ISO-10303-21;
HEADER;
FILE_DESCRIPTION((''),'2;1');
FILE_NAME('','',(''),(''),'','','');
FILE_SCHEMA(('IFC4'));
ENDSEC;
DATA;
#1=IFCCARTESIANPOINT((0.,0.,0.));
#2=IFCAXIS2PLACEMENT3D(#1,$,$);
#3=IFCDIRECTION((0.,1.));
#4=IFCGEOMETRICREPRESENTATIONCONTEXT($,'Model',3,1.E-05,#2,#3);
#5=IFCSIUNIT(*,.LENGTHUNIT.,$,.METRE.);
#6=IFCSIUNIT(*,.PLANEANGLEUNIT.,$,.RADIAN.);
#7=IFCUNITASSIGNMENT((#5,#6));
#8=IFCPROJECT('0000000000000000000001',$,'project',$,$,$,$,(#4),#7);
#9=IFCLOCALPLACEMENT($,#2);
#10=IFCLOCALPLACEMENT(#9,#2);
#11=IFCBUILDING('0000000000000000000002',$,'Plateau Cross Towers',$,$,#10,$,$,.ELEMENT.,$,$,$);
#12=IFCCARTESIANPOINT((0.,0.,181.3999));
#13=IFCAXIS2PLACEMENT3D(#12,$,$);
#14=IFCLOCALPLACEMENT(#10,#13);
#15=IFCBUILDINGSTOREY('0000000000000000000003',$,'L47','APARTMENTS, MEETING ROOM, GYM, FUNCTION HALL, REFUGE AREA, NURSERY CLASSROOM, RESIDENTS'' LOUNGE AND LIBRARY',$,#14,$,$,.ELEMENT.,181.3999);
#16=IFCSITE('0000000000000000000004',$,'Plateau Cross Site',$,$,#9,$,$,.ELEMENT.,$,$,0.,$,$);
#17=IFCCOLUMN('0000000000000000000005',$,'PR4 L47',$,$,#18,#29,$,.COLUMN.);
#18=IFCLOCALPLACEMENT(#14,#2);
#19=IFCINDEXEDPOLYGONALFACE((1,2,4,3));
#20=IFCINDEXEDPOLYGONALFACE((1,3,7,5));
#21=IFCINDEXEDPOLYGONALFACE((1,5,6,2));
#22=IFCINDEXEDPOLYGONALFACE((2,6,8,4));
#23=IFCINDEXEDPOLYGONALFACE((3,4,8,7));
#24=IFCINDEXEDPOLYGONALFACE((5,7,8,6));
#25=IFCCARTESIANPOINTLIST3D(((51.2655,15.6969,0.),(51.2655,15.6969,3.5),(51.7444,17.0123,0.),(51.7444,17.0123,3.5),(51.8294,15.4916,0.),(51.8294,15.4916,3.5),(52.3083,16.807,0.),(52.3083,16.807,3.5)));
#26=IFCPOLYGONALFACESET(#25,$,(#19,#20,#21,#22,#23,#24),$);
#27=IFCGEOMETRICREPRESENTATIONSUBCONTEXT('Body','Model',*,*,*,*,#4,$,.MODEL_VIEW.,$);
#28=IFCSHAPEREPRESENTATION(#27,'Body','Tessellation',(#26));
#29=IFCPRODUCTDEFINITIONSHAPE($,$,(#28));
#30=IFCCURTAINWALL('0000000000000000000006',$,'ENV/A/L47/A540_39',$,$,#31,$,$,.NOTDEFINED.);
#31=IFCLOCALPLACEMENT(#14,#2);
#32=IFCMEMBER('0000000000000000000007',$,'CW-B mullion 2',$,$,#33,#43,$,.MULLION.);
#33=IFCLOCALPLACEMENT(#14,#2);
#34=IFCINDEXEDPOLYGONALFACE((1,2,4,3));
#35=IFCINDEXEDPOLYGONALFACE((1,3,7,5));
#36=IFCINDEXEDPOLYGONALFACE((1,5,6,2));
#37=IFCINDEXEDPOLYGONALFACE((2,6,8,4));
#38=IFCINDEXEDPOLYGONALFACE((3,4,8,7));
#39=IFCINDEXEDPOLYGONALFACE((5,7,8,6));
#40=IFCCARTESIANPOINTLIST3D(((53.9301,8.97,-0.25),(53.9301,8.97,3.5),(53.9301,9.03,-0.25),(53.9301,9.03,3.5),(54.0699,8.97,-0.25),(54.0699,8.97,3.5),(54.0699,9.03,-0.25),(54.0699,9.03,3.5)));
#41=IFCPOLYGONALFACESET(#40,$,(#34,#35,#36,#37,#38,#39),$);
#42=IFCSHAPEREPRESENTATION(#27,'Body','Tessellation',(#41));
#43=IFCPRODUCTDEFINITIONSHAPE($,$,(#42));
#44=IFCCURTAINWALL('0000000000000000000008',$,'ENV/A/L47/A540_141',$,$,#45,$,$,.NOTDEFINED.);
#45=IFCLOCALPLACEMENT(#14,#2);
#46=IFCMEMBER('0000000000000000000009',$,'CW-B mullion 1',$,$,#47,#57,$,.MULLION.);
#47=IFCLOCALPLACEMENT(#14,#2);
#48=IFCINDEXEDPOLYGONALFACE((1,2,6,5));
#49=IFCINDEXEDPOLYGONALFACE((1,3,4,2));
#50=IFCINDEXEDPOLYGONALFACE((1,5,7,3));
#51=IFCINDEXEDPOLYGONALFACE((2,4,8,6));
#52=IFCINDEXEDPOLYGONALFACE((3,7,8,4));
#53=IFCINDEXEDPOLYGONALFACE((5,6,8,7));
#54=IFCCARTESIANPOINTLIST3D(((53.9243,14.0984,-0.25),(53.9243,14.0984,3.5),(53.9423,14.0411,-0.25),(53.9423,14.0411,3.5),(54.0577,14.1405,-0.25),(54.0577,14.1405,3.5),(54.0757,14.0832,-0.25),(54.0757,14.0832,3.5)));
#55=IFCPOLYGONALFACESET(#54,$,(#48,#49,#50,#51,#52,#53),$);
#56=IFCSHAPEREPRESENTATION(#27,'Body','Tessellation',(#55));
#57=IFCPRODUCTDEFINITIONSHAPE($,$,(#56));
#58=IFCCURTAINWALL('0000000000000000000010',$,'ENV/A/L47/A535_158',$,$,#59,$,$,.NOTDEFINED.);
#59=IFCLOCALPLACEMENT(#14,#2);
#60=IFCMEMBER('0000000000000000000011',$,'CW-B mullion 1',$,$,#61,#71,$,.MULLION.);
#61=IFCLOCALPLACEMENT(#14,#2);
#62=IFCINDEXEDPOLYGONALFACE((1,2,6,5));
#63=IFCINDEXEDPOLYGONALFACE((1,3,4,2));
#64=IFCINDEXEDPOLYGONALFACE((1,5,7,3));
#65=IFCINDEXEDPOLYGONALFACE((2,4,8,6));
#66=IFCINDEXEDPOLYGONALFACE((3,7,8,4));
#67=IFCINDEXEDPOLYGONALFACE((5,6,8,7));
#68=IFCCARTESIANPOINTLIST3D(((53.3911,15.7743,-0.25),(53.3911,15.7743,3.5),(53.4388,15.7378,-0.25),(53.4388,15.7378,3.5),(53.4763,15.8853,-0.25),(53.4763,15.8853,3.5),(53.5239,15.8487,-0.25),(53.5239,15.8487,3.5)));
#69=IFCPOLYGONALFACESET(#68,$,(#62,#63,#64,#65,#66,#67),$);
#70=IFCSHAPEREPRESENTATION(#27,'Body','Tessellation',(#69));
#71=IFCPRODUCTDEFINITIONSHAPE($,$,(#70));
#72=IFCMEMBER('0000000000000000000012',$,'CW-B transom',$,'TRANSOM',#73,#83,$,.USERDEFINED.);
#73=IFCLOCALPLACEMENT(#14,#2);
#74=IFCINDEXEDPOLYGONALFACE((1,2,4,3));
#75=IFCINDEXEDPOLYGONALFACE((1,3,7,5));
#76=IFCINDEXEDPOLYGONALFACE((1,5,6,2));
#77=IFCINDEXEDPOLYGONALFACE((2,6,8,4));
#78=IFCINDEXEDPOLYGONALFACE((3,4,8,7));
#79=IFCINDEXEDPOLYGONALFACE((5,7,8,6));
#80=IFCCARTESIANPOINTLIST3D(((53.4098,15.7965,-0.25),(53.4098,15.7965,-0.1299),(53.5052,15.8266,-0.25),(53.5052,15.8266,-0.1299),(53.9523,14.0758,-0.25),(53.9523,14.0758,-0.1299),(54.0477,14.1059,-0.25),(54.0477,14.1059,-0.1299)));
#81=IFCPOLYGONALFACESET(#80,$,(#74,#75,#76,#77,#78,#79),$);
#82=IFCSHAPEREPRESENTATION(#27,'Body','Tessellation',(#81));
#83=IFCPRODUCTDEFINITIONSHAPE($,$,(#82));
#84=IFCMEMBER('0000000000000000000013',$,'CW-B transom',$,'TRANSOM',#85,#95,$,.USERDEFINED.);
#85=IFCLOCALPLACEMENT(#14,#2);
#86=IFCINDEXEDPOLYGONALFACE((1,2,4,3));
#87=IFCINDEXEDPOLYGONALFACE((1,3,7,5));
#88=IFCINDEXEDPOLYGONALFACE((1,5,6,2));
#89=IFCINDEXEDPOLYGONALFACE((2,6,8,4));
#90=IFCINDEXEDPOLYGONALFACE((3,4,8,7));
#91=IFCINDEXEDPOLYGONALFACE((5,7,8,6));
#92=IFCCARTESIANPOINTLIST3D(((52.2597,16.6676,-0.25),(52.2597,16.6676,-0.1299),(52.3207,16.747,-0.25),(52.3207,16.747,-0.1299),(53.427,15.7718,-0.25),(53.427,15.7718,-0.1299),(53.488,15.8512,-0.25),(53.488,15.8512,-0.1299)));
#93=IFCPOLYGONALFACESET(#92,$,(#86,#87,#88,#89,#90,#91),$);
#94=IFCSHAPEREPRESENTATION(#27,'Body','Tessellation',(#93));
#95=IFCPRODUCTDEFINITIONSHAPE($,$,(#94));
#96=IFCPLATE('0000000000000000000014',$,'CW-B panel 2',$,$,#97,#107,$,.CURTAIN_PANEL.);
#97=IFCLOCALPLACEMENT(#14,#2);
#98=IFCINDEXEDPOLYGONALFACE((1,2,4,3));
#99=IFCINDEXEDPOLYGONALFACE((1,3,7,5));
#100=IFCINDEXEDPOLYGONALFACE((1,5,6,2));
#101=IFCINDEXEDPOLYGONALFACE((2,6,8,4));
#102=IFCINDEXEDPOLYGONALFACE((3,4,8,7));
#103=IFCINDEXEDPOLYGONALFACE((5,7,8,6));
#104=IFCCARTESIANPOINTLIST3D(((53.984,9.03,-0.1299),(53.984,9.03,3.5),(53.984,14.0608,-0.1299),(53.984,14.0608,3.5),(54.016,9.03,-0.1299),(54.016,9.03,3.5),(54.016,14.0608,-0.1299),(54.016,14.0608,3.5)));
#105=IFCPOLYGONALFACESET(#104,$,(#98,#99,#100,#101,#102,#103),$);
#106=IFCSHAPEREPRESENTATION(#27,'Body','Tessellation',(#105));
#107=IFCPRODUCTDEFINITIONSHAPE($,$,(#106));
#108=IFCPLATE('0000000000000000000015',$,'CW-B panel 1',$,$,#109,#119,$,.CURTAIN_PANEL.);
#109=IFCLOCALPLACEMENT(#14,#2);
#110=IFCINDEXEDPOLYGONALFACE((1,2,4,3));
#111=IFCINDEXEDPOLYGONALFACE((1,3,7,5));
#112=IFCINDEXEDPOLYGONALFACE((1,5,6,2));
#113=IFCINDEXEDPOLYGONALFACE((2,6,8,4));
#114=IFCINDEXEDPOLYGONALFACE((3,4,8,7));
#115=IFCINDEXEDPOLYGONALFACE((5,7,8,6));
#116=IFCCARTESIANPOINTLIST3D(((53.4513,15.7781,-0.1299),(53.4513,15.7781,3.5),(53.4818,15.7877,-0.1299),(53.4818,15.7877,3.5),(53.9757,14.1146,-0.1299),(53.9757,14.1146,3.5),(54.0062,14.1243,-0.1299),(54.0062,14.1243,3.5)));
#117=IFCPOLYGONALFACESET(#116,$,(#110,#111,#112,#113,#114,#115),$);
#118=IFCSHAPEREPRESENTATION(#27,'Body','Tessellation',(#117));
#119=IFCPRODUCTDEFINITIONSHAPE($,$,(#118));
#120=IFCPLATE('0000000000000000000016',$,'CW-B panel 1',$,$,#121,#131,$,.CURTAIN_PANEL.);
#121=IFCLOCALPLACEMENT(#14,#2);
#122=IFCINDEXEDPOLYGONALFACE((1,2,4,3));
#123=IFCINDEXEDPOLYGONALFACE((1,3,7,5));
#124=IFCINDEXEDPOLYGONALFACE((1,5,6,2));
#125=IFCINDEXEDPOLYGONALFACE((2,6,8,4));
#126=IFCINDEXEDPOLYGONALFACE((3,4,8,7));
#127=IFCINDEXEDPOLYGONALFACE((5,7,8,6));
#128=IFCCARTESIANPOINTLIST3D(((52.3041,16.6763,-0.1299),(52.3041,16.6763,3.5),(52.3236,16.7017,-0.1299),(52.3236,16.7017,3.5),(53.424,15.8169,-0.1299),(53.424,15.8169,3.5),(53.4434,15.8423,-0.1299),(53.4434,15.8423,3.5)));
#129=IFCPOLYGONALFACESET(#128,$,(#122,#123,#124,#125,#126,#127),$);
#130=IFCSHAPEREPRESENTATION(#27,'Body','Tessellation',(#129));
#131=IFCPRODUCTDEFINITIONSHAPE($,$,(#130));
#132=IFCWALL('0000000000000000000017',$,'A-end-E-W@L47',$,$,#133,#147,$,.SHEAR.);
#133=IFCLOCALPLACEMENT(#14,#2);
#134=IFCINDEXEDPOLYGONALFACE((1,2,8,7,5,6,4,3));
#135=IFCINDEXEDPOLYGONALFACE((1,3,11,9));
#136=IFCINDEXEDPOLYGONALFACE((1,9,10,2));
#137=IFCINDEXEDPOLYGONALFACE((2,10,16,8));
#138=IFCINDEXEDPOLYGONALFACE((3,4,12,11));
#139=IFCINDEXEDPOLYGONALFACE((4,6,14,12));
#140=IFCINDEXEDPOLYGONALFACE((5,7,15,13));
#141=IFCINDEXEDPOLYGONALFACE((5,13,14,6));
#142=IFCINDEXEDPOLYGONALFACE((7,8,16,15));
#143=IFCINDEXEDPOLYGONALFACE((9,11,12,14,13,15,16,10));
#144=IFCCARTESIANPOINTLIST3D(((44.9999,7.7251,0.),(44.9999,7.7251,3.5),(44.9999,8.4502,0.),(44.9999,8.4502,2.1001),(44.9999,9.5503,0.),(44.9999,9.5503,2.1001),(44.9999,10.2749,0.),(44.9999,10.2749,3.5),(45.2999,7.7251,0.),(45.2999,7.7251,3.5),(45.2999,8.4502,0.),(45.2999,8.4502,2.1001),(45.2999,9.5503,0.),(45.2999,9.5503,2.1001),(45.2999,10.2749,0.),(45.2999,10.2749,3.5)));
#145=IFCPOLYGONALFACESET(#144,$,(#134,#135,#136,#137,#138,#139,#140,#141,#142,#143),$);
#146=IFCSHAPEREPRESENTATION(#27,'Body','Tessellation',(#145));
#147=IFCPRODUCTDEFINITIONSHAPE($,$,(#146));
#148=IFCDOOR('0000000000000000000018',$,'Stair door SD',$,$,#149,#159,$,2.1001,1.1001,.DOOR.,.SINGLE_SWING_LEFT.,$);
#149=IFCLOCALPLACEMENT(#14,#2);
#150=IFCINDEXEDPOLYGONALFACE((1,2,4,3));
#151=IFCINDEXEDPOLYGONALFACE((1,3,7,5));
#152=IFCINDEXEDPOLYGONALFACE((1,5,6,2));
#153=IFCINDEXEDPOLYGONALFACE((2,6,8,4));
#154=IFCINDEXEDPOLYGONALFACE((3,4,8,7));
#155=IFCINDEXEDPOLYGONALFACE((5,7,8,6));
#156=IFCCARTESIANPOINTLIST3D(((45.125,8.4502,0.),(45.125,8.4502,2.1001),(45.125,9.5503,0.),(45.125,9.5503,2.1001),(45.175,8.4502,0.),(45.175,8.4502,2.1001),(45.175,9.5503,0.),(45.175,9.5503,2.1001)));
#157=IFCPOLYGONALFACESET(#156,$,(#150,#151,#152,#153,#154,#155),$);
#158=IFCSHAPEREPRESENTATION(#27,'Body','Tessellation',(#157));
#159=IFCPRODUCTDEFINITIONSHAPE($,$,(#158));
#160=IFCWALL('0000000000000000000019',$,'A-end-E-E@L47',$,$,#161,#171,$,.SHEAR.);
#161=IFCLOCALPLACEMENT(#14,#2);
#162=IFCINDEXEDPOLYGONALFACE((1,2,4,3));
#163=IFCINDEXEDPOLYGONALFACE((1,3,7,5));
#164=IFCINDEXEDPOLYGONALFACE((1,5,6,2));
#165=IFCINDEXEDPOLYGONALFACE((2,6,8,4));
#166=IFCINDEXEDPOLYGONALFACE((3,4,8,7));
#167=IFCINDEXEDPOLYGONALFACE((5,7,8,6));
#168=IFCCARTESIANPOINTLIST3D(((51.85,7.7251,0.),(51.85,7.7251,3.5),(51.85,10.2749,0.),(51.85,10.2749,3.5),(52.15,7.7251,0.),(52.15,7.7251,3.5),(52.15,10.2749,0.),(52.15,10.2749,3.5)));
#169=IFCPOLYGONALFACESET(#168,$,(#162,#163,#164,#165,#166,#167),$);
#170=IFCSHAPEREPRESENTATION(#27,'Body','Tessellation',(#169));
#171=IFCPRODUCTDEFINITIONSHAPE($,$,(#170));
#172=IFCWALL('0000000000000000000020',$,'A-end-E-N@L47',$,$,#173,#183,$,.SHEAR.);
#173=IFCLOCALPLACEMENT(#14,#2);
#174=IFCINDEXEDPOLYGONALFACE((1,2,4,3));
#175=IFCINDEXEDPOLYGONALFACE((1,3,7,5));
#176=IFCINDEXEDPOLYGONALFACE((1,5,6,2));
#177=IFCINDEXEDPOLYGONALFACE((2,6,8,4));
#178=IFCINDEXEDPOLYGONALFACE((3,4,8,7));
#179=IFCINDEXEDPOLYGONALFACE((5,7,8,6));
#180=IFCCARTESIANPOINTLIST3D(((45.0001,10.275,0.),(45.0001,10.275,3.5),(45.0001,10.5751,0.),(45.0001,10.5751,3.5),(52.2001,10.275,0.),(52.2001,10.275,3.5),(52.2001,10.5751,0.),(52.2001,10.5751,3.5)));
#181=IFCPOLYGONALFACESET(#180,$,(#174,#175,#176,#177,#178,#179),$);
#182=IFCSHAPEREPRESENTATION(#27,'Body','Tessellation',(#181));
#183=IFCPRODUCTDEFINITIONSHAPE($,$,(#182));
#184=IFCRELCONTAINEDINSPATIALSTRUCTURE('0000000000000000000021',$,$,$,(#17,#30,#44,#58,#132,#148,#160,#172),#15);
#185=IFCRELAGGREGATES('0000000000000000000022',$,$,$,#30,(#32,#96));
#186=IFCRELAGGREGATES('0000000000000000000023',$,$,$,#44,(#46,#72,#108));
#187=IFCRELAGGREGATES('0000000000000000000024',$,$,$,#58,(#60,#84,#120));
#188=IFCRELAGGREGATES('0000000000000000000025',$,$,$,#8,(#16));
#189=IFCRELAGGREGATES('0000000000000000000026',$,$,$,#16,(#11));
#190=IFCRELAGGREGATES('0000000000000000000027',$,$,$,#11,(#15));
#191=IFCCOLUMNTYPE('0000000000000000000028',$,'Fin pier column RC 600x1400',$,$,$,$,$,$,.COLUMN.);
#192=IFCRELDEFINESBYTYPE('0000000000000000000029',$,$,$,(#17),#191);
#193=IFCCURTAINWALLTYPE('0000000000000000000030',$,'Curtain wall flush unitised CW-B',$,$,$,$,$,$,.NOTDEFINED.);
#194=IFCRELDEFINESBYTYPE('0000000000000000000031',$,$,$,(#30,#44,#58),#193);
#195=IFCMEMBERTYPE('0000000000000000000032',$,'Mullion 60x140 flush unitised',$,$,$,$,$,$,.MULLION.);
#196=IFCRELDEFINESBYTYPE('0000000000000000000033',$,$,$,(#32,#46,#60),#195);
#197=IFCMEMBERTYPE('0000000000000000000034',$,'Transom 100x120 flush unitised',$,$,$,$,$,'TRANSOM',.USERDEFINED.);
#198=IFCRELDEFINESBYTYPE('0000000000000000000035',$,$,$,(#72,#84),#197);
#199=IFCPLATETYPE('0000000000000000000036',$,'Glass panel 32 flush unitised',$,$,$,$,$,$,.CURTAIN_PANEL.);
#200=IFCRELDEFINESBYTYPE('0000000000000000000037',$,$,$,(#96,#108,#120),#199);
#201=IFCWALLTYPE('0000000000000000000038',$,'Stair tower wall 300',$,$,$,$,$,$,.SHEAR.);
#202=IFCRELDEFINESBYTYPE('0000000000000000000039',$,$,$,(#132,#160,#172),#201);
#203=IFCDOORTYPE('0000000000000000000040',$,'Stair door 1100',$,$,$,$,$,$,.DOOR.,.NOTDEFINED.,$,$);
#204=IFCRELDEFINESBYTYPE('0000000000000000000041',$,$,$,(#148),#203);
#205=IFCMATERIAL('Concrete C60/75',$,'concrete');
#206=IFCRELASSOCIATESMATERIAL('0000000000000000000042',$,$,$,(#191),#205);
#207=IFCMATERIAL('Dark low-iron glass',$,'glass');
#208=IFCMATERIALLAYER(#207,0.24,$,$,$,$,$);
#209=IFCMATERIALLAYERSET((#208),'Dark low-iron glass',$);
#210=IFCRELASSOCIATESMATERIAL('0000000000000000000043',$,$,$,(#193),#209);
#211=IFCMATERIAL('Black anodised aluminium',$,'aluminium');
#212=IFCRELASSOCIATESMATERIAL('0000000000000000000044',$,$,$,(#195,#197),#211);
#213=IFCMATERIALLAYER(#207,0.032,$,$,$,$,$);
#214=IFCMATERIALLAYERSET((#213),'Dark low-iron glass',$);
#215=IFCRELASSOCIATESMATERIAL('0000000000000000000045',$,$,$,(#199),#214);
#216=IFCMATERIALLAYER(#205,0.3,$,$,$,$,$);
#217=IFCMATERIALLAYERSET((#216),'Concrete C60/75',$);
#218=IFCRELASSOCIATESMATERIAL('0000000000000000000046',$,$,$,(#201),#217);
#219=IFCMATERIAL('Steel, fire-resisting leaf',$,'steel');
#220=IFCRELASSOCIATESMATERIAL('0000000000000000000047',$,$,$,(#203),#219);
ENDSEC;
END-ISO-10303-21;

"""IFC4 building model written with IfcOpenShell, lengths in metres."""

from ifc_helpers import new_model, si_unit, direction, frame, frame_2d, origin, origin_2d, place, context, subcontext, project, spatial, rectangle, extrude, material, layer, layer_set, material_profile, profile_set, type_object, element, fill, aggregate, save


model = new_model("IFC4")

# Units and contexts
model_context = context("Model", 3, precision=1e-05, world=origin(), true_north=direction((0.0, 1.0)))
body_context = subcontext(model_context, "Body", "Model", "MODEL_VIEW")
ifc_project = project(units=[si_unit("LENGTHUNIT", "METRE"), si_unit("PLANEANGLEUNIT", "RADIAN")], contexts=[model_context])

# Site, building, storey
site_placement = place(None, origin())
site = spatial("IfcSite", under=ifc_project, at=site_placement, Name="Plateau Cross Site", CompositionType="ELEMENT", RefElevation=0.0)
building_placement = place(site_placement, origin())
building = spatial("IfcBuilding", under=site, at=building_placement, Name="Plateau Cross Towers", CompositionType="ELEMENT")
storey_placement = place(building_placement, frame((0.0, 0.0, 181.3999)))
storey = spatial("IfcBuildingStorey", under=building, at=storey_placement, Name="L47", Description="APARTMENTS, MEETING ROOM, GYM, FUNCTION HALL, REFUGE AREA, NURSERY CLASSROOM, RESIDENTS' LOUNGE AND LIBRARY", CompositionType="ELEMENT", Elevation=181.3999)

# Column
ifc_material_1 = material(Name="Concrete C60/75", Category="concrete")
ifc_material_profile_1 = material_profile(ifc_material_1, rectangle(XDim=0.6001, YDim=1.3999, at=origin_2d()), Name="RC 600x1400")
ifc_profile_set_1 = profile_set([ifc_material_profile_1], Name="Concrete C60/75")
column_type = type_object("IfcColumnType", Name="Fin pier column RC 600x1400", PredefinedType="COLUMN", material=ifc_profile_set_1)
column_placement = place(storey_placement, frame((51.7869, 16.252, 0.0), z_axis=(0.0, 0.0, 1.0), x_axis=(-0.939664, 0.342098, 0.0)))
element("IfcColumn", 1, at=column_placement, inside=storey, type_object=column_type, Name="PR4 L47", PredefinedType="COLUMN", context=body_context, shape_type="SweptSolid", body=[
    extrude(rectangle(XDim=0.6001, YDim=1.3999, at=origin_2d()), origin(), (0.0, 0.0, 1.0), 3.5),
])

# Curtain walls, members
ifc_material_2 = material(Name="Dark low-iron glass", Category="glass")
ifc_layer_1 = layer(ifc_material_2, 0.24)
ifc_layer_set_1 = layer_set([ifc_layer_1], Name="Dark low-iron glass")
curtain_wall_type = type_object("IfcCurtainWallType", Name="Curtain wall flush unitised CW-B", PredefinedType="NOTDEFINED", material=ifc_layer_set_1)
curtain_wall_1_placement = place(storey_placement, origin())
curtain_wall_1 = element("IfcCurtainWall", 2, at=curtain_wall_1_placement, inside=storey, type_object=curtain_wall_type, Name="ENV/A/L47/A540_39", PredefinedType="NOTDEFINED")
ifc_material_3 = material(Name="Black anodised aluminium", Category="aluminium")
ifc_material_profile_2 = material_profile(ifc_material_3, rectangle(XDim=0.0601, YDim=0.1399, at=origin_2d()), Name="MULLION 60x140")
ifc_profile_set_2 = profile_set([ifc_material_profile_2], Name="Black anodised aluminium")
member_type_1 = type_object("IfcMemberType", Name="Mullion 60x140 flush unitised", PredefinedType="MULLION", material=ifc_profile_set_2)
member_1_placement = place(storey_placement, frame((54.0, 9.0, -0.25), z_axis=(0.0, 0.0, 1.0), x_axis=(0.0, 1.0, 0.0)))
member_1 = element("IfcMember", 3, at=member_1_placement, type_object=member_type_1, Name="CW-B mullion 2", PredefinedType="MULLION", context=body_context, shape_type="SweptSolid", body=[
    extrude(rectangle(XDim=0.0601, YDim=0.1399, at=origin_2d()), origin(), (0.0, 0.0, 1.0), 3.75),
])
curtain_wall_2_placement = place(storey_placement, origin())
curtain_wall_2 = element("IfcCurtainWall", 4, at=curtain_wall_2_placement, inside=storey, type_object=curtain_wall_type, Name="ENV/A/L47/A540_141", PredefinedType="NOTDEFINED")
member_2_placement = place(storey_placement, frame((54.0, 14.0908, -0.25), z_axis=(0.0, 0.0, 1.0), x_axis=(-0.300686, 0.953723, 0.0)))
member_2 = element("IfcMember", 5, at=member_2_placement, type_object=member_type_1, Name="CW-B mullion 1", PredefinedType="MULLION", context=body_context, shape_type="SweptSolid", body=[
    extrude(rectangle(XDim=0.0601, YDim=0.1399, at=origin_2d()), origin(), (0.0, 0.0, 1.0), 3.75),
])
curtain_wall_3_placement = place(storey_placement, origin())
curtain_wall_3 = element("IfcCurtainWall", 6, at=curtain_wall_3_placement, inside=storey, type_object=curtain_wall_type, Name="ENV/A/L47/A535_158", PredefinedType="NOTDEFINED")
member_3_placement = place(storey_placement, frame((53.4575, 15.8115, -0.25), z_axis=(0.0, 0.0, 1.0), x_axis=(-0.793316, 0.608811, 0.0)))
member_3 = element("IfcMember", 7, at=member_3_placement, type_object=member_type_1, Name="CW-B mullion 1", PredefinedType="MULLION", context=body_context, shape_type="SweptSolid", body=[
    extrude(rectangle(XDim=0.0601, YDim=0.1399, at=origin_2d()), origin(), (0.0, 0.0, 1.0), 3.75),
])

# Members
ifc_material_profile_3 = material_profile(ifc_material_3, rectangle(XDim=0.1001, YDim=0.1201, at=origin_2d()), Name="TRANSOM 100x120")
ifc_profile_set_3 = profile_set([ifc_material_profile_3], Name="Black anodised aluminium")
member_type_2 = type_object("IfcMemberType", Name="Transom 100x120 flush unitised", ElementType="TRANSOM", PredefinedType="USERDEFINED", material=ifc_profile_set_3)
member_4_placement = place(storey_placement, frame((54.0, 14.0908, -0.1899), z_axis=(-0.300678, 0.953726, 0.0), x_axis=(-0.953726, -0.300678, 0.0)))
member_4 = element("IfcMember", 8, at=member_4_placement, type_object=member_type_2, Name="CW-B transom", ObjectType="TRANSOM", PredefinedType="USERDEFINED", context=body_context, shape_type="SweptSolid", body=[
    extrude(rectangle(XDim=0.1001, YDim=0.1201, at=origin_2d()), origin(), (0.0, 0.0, 1.0), 1.8042),
])
member_5_placement = place(storey_placement, frame((53.4575, 15.8115, -0.1899), z_axis=(-0.793321, 0.608804, 0.0), x_axis=(-0.608804, -0.793321, 0.0)))
member_5 = element("IfcMember", 9, at=member_5_placement, type_object=member_type_2, Name="CW-B transom", ObjectType="TRANSOM", PredefinedType="USERDEFINED", context=body_context, shape_type="SweptSolid", body=[
    extrude(rectangle(XDim=0.1001, YDim=0.1201, at=origin_2d()), origin(), (0.0, 0.0, 1.0), 1.4714),
])

# Plates
ifc_layer_2 = layer(ifc_material_2, 0.032)
ifc_layer_set_2 = layer_set([ifc_layer_2], Name="Dark low-iron glass")
plate_type = type_object("IfcPlateType", Name="Glass panel 32 flush unitised", PredefinedType="CURTAIN_PANEL", material=ifc_layer_set_2)
plate_1_placement = place(storey_placement, frame((54.0, 11.5454, -0.1299), z_axis=(0.0, 0.0, 1.0), x_axis=(0.0, 1.0, 0.0)))
plate_1 = element("IfcPlate", 10, at=plate_1_placement, type_object=plate_type, Name="CW-B panel 2", PredefinedType="CURTAIN_PANEL", context=body_context, shape_type="SweptSolid", body=[
    extrude(rectangle(XDim=5.0308, YDim=0.032, at=origin_2d()), origin(), (0.0, 0.0, 1.0), 3.6299),
])
aggregate(curtain_wall_1, [member_1, plate_1])
plate_2_placement = place(storey_placement, frame((53.7288, 14.9512, -0.1299), z_axis=(0.0, 0.0, 1.0), x_axis=(-0.300686, 0.953723, 0.0)))
plate_2 = element("IfcPlate", 11, at=plate_2_placement, type_object=plate_type, Name="CW-B panel 1", PredefinedType="CURTAIN_PANEL", context=body_context, shape_type="SweptSolid", body=[
    extrude(rectangle(XDim=1.7441, YDim=0.032, at=origin_2d()), origin(), (0.0, 0.0, 1.0), 3.6299),
])
aggregate(curtain_wall_2, [member_2, member_4, plate_2])
plate_3_placement = place(storey_placement, frame((52.8738, 16.2593, -0.1299), z_axis=(0.0, 0.0, 1.0), x_axis=(-0.793316, 0.608811, 0.0)))
plate_3 = element("IfcPlate", 12, at=plate_3_placement, type_object=plate_type, Name="CW-B panel 1", PredefinedType="CURTAIN_PANEL", context=body_context, shape_type="SweptSolid", body=[
    extrude(rectangle(XDim=1.4116, YDim=0.032, at=origin_2d()), origin(), (0.0, 0.0, 1.0), 3.6299),
])
aggregate(curtain_wall_3, [member_3, member_5, plate_3])

# Wall, opening, door
ifc_layer_3 = layer(ifc_material_1, 0.3)
ifc_layer_set_3 = layer_set([ifc_layer_3], Name="Concrete C60/75")
wall_type = type_object("IfcWallType", Name="Stair tower wall 300", PredefinedType="SHEAR", material=ifc_layer_set_3)
wall_1_placement = place(storey_placement, frame((45.1499, 7.7251, 0.0), z_axis=(0.0, 0.0, 1.0), x_axis=(0.0, 1.0, 0.0)))
wall_1 = element("IfcWall", 13, at=wall_1_placement, inside=storey, type_object=wall_type, Name="A-end-E-W@L47", PredefinedType="SHEAR", context=body_context, shape_type="SweptSolid", body=[
    extrude(rectangle(XDim=2.5498, YDim=0.3, at=frame_2d((1.2749, 0.0))), origin(), (0.0, 0.0, 1.0), 3.5),
])
opening_placement = place(wall_1_placement, frame((0.7251, 0.0, 0.0)))
opening = element("IfcOpeningElement", 14, at=opening_placement, cuts=wall_1, PredefinedType="OPENING", context=body_context, shape_type="SweptSolid", body=[
    extrude(rectangle(XDim=1.1001, YDim=2.1001, at=frame_2d((0.55, 1.05))), frame((0.0, 0.1599, 0.0), z_axis=(0.0, -1.0, 0.0), x_axis=(1.0, 0.0, 0.0)), (0.0, 0.0, 1.0), 0.3201),
])
ifc_material_4 = material(Name="Steel, fire-resisting leaf", Category="steel")
door_type = type_object("IfcDoorType", Name="Stair door 1100", OperationType="NOTDEFINED", PredefinedType="DOOR", material=ifc_material_4)
door_placement = place(opening_placement, origin())
door = element("IfcDoor", 15, at=door_placement, inside=storey, type_object=door_type, Name="Stair door SD", OperationType="SINGLE_SWING_LEFT", OverallHeight=2.1001, OverallWidth=1.1001, PredefinedType="DOOR", context=body_context, shape_type="SweptSolid", body=[
    extrude(rectangle(XDim=1.1001, YDim=2.1001, at=frame_2d((0.55, 1.05))), frame((0.0, 0.0249, 0.0), z_axis=(0.0, -1.0, 0.0), x_axis=(1.0, 0.0, 0.0)), (0.0, 0.0, 1.0), 0.05),
])
fill(opening, door)

# Walls
wall_2_placement = place(storey_placement, frame((52.0, 7.7251, 0.0), z_axis=(0.0, 0.0, 1.0), x_axis=(0.0, 1.0, 0.0)))
element("IfcWall", 16, at=wall_2_placement, inside=storey, type_object=wall_type, Name="A-end-E-E@L47", PredefinedType="SHEAR", context=body_context, shape_type="SweptSolid", body=[
    extrude(rectangle(XDim=2.5498, YDim=0.3, at=frame_2d((1.2749, 0.0))), origin(), (0.0, 0.0, 1.0), 3.5),
])
wall_3_placement = place(storey_placement, frame((45.0, 10.425, 0.0), z_axis=(0.0, 0.0, 1.0), x_axis=(1.0, 0.0, 0.0)))
element("IfcWall", 17, at=wall_3_placement, inside=storey, type_object=wall_type, Name="A-end-E-N@L47", PredefinedType="SHEAR", context=body_context, shape_type="SweptSolid", body=[
    extrude(rectangle(XDim=7.2, YDim=0.3, at=frame_2d((3.6001, 0.0))), origin(), (0.0, 0.0, 1.0), 3.5),
])

save(model, "model.ifc")
